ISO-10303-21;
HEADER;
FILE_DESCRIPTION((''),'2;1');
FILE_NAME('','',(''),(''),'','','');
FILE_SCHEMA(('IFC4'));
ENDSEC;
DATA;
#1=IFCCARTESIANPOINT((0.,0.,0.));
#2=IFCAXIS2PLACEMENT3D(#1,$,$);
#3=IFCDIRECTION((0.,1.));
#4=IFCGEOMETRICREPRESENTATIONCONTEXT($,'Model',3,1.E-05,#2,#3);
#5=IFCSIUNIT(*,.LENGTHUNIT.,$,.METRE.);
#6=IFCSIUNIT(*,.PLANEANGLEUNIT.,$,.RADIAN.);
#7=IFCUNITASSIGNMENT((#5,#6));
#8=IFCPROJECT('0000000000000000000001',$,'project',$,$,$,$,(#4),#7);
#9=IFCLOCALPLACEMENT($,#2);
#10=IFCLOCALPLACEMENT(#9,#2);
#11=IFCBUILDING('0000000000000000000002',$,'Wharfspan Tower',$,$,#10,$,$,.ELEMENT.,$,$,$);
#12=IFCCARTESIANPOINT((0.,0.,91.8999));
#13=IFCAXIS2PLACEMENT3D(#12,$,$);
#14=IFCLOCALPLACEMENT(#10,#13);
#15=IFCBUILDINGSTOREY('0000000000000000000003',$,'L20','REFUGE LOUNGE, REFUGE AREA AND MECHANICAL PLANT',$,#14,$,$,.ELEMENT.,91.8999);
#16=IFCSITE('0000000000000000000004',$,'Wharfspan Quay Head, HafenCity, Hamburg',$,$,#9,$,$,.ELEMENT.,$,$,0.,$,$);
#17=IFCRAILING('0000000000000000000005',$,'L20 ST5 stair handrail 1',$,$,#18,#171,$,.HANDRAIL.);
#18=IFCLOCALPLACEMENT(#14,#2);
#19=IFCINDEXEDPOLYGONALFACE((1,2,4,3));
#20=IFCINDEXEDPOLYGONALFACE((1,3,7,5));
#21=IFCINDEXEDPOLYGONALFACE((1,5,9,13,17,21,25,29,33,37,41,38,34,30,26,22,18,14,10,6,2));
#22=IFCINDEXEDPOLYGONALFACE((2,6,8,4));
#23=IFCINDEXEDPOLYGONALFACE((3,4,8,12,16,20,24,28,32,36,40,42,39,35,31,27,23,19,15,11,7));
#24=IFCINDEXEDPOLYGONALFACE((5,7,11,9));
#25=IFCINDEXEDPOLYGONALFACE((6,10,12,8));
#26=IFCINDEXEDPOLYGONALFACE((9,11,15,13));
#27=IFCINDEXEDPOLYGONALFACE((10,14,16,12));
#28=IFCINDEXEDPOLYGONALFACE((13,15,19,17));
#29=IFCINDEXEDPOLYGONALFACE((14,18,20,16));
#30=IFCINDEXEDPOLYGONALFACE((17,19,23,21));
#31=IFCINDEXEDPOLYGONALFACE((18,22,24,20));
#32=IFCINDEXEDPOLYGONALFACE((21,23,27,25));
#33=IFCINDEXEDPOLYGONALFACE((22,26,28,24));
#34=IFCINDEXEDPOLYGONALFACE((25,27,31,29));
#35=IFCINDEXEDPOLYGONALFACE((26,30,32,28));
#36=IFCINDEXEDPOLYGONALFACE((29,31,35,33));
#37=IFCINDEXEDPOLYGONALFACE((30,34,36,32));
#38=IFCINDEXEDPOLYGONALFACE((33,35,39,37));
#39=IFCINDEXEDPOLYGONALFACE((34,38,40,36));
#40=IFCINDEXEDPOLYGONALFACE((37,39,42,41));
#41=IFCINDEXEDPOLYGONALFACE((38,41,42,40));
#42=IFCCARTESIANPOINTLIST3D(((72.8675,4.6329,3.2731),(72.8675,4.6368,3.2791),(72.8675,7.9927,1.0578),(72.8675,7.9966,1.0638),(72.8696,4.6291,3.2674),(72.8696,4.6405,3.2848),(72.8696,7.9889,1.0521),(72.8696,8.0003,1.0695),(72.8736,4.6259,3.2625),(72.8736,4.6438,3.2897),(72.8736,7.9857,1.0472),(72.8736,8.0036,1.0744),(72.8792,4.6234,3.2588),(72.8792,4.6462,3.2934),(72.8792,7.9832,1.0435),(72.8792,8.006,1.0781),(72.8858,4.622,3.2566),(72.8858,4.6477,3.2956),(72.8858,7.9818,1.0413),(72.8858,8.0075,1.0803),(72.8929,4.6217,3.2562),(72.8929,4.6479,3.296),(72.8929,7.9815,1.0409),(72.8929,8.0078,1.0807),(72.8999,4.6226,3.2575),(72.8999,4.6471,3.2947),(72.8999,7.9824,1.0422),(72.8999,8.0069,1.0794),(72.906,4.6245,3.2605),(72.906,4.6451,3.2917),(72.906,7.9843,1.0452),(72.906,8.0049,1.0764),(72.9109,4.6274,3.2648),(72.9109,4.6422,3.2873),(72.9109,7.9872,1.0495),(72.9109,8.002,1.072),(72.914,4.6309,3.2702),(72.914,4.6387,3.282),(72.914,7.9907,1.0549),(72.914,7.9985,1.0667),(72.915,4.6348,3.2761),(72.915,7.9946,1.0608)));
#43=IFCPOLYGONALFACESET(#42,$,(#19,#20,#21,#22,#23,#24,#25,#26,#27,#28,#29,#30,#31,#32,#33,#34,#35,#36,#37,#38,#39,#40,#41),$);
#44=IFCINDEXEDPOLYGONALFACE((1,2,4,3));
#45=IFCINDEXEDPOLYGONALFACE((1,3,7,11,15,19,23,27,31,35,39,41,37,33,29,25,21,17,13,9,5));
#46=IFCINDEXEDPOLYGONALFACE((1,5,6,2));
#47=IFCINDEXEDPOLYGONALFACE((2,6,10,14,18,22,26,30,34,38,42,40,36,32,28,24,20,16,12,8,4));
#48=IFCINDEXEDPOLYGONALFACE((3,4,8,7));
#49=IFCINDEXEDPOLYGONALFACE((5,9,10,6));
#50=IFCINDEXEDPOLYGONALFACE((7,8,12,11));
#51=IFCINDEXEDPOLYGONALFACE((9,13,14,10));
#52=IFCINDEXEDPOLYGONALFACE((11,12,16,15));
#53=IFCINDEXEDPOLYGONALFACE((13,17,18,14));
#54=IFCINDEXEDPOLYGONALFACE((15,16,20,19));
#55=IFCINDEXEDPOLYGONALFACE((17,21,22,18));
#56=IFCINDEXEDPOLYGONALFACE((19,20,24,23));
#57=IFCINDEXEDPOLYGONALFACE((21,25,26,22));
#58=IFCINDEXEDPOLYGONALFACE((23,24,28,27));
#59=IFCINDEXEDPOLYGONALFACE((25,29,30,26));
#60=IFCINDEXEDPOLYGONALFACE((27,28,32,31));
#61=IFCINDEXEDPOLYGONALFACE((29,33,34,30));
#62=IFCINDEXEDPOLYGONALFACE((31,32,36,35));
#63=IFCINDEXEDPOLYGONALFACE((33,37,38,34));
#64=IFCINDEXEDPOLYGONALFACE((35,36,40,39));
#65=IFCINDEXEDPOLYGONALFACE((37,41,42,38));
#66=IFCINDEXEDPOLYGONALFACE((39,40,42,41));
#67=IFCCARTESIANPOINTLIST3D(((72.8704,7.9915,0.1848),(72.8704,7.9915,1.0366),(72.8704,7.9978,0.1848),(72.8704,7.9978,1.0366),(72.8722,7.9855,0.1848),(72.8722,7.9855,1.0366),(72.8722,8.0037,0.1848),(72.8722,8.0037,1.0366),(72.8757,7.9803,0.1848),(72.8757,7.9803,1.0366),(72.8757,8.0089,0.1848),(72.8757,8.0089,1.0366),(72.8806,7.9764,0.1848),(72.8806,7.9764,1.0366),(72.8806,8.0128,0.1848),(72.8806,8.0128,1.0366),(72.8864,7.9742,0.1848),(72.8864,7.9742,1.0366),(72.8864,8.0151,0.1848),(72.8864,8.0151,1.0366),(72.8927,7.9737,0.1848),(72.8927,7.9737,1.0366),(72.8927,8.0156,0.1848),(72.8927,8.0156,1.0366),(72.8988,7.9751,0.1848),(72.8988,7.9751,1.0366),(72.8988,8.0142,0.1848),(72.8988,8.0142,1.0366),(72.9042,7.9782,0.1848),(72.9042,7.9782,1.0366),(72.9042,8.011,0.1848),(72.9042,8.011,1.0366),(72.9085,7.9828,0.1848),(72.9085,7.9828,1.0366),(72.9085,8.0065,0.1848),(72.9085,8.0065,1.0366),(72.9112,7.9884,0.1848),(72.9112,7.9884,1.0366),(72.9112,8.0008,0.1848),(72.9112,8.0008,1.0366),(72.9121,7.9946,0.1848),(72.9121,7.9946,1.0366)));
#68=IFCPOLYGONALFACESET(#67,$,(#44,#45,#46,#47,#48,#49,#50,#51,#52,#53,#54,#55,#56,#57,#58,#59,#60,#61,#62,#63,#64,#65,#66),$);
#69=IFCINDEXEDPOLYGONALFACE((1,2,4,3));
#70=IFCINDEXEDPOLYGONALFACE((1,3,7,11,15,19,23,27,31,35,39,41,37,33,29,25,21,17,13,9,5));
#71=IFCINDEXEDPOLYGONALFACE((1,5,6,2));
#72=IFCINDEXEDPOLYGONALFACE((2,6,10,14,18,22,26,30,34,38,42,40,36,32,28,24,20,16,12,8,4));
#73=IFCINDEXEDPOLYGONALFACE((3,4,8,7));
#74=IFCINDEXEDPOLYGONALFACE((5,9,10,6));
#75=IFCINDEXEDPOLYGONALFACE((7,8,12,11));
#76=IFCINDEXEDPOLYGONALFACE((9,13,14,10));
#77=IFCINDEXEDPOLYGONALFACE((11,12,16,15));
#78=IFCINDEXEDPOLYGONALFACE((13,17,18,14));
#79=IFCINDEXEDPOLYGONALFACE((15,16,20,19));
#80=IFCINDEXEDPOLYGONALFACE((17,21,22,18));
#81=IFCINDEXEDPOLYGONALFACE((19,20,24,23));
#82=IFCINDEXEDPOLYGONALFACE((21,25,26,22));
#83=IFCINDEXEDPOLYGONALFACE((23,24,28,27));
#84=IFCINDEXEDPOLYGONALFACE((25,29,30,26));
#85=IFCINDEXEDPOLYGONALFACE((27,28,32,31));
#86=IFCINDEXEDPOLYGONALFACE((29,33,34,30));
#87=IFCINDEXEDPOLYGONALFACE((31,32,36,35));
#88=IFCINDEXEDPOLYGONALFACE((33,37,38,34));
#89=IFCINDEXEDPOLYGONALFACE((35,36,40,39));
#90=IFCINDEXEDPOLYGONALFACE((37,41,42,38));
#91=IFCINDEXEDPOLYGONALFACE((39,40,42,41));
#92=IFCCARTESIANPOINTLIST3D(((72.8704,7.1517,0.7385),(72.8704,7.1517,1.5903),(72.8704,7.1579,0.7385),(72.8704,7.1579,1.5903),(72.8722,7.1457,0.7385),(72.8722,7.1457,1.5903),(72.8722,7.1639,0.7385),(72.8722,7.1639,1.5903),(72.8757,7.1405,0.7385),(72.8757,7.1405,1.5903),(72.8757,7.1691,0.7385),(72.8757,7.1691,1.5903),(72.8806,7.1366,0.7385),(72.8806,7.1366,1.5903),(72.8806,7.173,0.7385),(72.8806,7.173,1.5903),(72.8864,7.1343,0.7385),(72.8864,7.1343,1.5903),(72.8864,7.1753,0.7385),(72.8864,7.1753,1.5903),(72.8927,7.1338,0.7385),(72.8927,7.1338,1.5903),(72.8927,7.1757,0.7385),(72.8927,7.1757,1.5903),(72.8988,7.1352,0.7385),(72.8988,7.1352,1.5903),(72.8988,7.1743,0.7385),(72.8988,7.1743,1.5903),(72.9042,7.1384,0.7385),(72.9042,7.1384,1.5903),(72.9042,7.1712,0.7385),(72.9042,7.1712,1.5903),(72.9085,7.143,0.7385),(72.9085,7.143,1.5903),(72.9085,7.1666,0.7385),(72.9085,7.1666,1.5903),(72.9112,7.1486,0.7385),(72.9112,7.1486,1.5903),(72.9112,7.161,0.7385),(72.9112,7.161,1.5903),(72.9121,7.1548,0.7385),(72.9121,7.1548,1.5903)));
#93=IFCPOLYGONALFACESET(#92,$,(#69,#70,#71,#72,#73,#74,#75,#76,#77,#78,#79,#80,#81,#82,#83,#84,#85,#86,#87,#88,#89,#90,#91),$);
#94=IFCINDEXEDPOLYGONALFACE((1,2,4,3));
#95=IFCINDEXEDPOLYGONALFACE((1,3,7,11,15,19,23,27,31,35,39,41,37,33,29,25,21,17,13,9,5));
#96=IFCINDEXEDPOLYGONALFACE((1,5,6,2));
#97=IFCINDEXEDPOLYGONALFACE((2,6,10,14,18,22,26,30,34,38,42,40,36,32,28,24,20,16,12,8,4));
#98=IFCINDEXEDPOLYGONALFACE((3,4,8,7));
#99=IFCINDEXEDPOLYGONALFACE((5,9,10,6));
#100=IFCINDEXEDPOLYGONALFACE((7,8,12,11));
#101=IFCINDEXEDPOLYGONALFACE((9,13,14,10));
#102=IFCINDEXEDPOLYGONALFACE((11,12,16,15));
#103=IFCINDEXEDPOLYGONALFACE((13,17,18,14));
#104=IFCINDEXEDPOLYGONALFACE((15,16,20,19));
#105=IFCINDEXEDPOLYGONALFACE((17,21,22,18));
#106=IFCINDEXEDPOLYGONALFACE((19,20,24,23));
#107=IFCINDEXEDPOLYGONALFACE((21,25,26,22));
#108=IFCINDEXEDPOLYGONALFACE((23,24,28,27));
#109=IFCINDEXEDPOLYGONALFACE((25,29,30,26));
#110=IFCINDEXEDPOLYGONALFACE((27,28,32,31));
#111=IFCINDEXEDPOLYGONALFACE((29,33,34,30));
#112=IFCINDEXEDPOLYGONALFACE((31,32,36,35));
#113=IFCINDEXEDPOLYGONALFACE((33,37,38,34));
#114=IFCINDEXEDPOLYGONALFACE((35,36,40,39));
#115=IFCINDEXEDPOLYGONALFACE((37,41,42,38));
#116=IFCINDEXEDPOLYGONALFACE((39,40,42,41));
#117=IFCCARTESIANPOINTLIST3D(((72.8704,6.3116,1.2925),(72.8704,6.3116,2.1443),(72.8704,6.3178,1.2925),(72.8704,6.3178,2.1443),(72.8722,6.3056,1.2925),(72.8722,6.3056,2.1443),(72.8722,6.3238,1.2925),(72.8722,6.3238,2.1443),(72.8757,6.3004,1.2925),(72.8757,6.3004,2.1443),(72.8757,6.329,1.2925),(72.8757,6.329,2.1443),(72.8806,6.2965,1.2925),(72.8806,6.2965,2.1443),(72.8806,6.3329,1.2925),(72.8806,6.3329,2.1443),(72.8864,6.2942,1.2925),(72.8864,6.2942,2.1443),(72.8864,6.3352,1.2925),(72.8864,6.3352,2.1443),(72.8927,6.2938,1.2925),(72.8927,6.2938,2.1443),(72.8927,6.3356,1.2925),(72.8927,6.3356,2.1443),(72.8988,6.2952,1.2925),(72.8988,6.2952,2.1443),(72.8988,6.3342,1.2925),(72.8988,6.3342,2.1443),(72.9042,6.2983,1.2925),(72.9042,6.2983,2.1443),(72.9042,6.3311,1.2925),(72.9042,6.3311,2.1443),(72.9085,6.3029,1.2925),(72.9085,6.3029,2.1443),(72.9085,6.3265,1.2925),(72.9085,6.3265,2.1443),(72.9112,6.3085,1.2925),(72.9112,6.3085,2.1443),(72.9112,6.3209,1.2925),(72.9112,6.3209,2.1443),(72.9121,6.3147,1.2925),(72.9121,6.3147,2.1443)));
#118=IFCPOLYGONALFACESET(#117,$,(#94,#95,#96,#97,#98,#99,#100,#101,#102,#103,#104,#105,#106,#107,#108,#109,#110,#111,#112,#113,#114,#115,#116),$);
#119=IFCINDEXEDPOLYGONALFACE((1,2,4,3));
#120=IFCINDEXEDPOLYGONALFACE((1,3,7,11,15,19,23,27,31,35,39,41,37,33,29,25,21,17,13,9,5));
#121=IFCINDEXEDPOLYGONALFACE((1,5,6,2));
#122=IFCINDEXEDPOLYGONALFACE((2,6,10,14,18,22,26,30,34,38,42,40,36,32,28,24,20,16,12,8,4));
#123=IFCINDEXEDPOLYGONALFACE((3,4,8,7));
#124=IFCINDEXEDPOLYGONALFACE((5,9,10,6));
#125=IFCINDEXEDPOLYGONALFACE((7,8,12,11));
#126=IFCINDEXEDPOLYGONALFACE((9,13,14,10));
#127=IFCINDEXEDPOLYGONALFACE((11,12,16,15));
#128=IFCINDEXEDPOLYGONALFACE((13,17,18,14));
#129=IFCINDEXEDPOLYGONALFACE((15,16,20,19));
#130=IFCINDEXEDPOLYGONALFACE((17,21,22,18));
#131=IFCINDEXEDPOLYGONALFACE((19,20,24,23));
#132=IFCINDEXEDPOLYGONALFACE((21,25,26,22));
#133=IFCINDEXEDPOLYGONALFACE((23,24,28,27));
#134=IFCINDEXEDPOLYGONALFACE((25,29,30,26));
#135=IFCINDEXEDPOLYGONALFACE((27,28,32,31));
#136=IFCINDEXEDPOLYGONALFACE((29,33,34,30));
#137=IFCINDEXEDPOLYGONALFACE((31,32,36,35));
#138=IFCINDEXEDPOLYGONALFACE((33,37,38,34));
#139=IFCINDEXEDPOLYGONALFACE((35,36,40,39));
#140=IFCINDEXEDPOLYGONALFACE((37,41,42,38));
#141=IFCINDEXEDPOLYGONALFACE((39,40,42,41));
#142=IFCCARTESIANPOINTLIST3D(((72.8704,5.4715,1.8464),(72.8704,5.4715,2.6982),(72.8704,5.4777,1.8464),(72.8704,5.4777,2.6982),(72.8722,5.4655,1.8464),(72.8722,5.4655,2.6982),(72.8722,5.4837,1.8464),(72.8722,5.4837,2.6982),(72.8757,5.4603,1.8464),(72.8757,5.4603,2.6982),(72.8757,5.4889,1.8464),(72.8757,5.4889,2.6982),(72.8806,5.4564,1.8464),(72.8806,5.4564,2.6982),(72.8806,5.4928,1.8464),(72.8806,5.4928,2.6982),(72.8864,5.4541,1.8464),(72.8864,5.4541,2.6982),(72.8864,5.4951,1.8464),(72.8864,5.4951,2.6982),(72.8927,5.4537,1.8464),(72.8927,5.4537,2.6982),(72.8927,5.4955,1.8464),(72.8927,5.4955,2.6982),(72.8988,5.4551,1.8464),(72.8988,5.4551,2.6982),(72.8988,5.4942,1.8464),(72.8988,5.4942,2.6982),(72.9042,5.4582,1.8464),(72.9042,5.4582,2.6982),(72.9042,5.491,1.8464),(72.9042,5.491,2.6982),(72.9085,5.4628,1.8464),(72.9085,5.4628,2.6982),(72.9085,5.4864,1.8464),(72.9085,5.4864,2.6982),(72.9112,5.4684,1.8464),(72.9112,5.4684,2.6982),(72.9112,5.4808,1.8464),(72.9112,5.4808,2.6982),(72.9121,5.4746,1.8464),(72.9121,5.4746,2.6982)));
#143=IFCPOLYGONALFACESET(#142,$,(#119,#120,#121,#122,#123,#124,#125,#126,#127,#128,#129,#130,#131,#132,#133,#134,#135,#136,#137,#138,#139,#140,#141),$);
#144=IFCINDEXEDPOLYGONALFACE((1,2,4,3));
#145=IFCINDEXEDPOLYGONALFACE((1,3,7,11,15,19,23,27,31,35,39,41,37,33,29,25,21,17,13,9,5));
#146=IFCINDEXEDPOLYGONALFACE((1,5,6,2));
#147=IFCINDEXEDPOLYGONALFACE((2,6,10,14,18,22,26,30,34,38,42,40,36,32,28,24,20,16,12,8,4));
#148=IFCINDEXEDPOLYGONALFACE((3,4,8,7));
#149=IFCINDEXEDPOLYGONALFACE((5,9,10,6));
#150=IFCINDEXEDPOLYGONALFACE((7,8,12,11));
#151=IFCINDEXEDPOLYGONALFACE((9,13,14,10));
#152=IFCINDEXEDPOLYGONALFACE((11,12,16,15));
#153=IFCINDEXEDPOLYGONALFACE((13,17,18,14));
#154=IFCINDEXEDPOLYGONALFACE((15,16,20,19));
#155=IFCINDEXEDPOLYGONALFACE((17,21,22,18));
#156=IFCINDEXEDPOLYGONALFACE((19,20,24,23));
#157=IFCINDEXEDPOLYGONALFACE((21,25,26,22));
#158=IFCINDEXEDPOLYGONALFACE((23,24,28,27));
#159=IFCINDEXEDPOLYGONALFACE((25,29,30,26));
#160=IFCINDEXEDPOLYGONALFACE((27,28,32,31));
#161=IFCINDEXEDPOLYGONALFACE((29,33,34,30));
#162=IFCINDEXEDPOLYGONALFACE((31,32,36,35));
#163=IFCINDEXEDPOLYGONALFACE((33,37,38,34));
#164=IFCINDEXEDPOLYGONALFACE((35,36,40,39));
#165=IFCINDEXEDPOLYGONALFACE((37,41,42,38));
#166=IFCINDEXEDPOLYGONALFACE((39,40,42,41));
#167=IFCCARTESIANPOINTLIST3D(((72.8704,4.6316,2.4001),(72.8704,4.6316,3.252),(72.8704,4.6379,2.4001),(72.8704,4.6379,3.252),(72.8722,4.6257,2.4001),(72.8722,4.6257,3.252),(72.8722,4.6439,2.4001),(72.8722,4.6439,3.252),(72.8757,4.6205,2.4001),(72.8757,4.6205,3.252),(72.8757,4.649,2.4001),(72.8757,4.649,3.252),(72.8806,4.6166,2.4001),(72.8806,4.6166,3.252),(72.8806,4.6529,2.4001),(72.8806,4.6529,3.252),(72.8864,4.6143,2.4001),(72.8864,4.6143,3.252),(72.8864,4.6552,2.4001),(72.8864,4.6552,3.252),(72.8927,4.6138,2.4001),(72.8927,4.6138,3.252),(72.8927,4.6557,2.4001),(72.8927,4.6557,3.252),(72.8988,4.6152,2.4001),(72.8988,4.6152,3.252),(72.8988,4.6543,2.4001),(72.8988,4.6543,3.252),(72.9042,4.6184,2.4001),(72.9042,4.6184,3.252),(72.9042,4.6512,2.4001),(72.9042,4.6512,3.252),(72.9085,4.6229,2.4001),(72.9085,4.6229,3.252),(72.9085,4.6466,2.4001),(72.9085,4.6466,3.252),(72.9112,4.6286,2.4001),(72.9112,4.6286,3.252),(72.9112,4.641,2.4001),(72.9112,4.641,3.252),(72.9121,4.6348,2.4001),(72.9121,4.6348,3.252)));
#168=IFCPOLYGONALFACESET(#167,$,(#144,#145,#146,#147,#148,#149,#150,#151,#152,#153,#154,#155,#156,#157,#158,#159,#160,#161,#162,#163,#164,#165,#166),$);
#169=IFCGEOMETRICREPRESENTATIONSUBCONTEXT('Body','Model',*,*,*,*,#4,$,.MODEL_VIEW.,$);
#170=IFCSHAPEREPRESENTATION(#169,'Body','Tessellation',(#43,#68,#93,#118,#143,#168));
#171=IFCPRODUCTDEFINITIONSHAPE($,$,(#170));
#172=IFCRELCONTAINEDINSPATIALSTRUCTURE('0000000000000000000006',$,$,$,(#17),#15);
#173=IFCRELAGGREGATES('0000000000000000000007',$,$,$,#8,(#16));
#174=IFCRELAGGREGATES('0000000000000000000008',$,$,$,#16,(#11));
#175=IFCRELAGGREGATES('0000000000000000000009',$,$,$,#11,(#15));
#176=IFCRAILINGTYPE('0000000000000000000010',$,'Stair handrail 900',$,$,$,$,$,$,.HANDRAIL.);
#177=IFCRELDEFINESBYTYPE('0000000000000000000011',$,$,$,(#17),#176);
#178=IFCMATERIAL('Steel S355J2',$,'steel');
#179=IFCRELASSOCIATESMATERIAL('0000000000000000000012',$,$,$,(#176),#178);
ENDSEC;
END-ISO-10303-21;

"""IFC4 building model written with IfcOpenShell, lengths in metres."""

from ifc_helpers import new_model, si_unit, direction, frame, origin, origin_2d, place, context, subcontext, project, spatial, circle, extrude, material, type_object, element, save


model = new_model("IFC4")

# Units and contexts
model_context = context("Model", 3, precision=1e-05, world=origin(), true_north=direction((0.0, 1.0)))
body_context = subcontext(model_context, "Body", "Model", "MODEL_VIEW")
ifc_project = project(units=[si_unit("LENGTHUNIT", "METRE"), si_unit("PLANEANGLEUNIT", "RADIAN")], contexts=[model_context])

# Site, building, storey
site_placement = place(None, origin())
site = spatial("IfcSite", under=ifc_project, at=site_placement, Name="Wharfspan Quay Head, HafenCity, Hamburg", CompositionType="ELEMENT", RefElevation=0.0)
building_placement = place(site_placement, origin())
building = spatial("IfcBuilding", under=site, at=building_placement, Name="Wharfspan Tower", CompositionType="ELEMENT")
storey_placement = place(building_placement, frame((0.0, 0.0, 91.8999)))
storey = spatial("IfcBuildingStorey", under=building, at=storey_placement, Name="L20", Description="REFUGE LOUNGE, REFUGE AREA AND MECHANICAL PLANT", CompositionType="ELEMENT", Elevation=91.8999)

# Shared definitions
ifc_material_1 = material(Name="Steel S355J2", Category="steel")

# Railing
railing_type_1 = type_object("IfcRailingType", Name="Stair handrail 900", PredefinedType="HANDRAIL", material=ifc_material_1)
railing_1_placement = place(storey_placement, frame((72.8911, 7.9946, 0.1848)))
element("IfcRailing", 1, at=railing_1_placement, inside=storey, type_object=railing_type_1, Name="L20 ST5 stair handrail 1", PredefinedType="HANDRAIL", context=body_context, shape_type="SweptSolid", body=[
    extrude(circle(Radius=0.0239, at=origin_2d()), frame((0.0, 0.0, 0.876), z_axis=(0.0, -0.834858, 0.550465), x_axis=(1.0, 0.0, 0.0)), (0.0, 0.0, 1.0), 4.0244),
    extrude(circle(Radius=0.021, at=origin_2d()), origin(), (0.0, 0.0, 1.0), 0.8518),
    extrude(circle(Radius=0.021, at=origin_2d()), frame((0.0, -0.8398, 0.5537)), (0.0, 0.0, 1.0), 0.8518),
    extrude(circle(Radius=0.021, at=origin_2d()), frame((0.0, -1.6799, 1.1077)), (0.0, 0.0, 1.0), 0.8518),
    extrude(circle(Radius=0.021, at=origin_2d()), frame((0.0, -2.52, 1.6616)), (0.0, 0.0, 1.0), 0.8518),
    extrude(circle(Radius=0.021, at=origin_2d()), frame((0.0, -3.3599, 2.2153)), (0.0, 0.0, 1.0), 0.8518),
])

save(model, "model.ifc")
